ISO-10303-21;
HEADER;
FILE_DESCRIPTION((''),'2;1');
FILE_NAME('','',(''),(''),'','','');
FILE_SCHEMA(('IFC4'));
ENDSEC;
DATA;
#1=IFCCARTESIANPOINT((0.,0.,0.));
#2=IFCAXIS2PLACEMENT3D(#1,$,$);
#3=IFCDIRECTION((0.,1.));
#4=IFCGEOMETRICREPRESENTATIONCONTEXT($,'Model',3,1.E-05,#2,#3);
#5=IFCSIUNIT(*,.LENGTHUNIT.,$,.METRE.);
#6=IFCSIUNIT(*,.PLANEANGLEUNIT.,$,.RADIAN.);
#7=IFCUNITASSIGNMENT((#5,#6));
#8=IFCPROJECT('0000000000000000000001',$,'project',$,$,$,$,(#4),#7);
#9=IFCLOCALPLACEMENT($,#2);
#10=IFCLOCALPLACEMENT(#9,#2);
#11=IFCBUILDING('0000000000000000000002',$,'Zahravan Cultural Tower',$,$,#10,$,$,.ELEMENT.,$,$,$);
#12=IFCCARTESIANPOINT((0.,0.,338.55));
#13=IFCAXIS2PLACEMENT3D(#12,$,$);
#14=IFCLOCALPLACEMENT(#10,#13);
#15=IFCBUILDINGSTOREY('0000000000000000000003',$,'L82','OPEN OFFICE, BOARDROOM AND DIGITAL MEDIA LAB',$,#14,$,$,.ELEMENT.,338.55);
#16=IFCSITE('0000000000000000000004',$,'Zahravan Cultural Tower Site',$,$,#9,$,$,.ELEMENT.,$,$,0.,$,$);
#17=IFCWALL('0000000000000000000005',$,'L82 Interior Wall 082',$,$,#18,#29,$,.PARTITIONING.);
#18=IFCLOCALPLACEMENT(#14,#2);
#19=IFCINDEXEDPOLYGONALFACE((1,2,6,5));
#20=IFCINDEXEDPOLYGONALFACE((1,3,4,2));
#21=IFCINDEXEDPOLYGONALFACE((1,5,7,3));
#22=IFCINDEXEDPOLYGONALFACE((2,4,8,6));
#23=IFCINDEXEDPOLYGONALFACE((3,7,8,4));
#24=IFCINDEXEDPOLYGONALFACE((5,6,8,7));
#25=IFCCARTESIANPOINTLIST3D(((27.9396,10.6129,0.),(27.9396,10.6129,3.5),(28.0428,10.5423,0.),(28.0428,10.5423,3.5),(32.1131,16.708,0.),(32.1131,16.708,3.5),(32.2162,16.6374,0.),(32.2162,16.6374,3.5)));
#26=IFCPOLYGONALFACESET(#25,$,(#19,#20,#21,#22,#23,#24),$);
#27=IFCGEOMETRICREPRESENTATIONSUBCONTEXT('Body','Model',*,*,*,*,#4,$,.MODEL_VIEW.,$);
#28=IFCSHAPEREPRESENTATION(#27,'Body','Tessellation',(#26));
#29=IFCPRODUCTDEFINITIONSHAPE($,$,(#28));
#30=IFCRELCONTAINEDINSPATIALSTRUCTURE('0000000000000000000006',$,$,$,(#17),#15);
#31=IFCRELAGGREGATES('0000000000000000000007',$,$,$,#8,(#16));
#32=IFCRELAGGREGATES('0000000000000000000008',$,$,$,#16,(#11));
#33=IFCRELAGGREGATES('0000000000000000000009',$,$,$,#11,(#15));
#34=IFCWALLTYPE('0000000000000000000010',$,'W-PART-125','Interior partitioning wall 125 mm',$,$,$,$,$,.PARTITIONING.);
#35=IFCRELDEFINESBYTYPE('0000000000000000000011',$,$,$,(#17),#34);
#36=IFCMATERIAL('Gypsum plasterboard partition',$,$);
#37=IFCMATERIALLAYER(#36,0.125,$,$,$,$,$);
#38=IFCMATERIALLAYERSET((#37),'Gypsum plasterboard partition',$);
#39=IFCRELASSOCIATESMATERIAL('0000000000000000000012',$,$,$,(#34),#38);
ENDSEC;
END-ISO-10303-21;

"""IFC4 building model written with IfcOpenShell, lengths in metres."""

from ifc_helpers import new_model, si_unit, direction, frame, frame_2d, origin, place, context, subcontext, project, spatial, rectangle, extrude, source, transform, mapped, material, layer, layer_set, type_object, element, save


model = new_model("IFC4")

# Units and contexts
model_context = context("Model", 3, precision=1e-05, world=origin(), true_north=direction((0.0, 1.0)))
body_context = subcontext(model_context, "Body", "Model", "MODEL_VIEW")
ifc_project = project(units=[si_unit("LENGTHUNIT", "METRE"), si_unit("PLANEANGLEUNIT", "RADIAN")], contexts=[model_context])

# Site, building, storey
site_placement = place(None, origin())
site = spatial("IfcSite", under=ifc_project, at=site_placement, Name="Zahravan Cultural Tower Site", CompositionType="ELEMENT", RefElevation=0.0)
building_placement = place(site_placement, origin())
building = spatial("IfcBuilding", under=site, at=building_placement, Name="Zahravan Cultural Tower", CompositionType="ELEMENT")
storey_placement = place(building_placement, frame((0.0, 0.0, 338.55)))
storey = spatial("IfcBuildingStorey", under=building, at=storey_placement, Name="L82", Description="OPEN OFFICE, BOARDROOM AND DIGITAL MEDIA LAB", CompositionType="ELEMENT", Elevation=338.55)

# Shared definitions
ifc_material_1 = material(Name="Gypsum plasterboard partition")
ifc_layer_1 = layer(ifc_material_1, 0.125)
ifc_layer_set_1 = layer_set([ifc_layer_1], Name="Gypsum plasterboard partition")
wall_type_1 = type_object("IfcWallType", Name="W-PART-125", Description="Interior partitioning wall 125 mm", PredefinedType="PARTITIONING", material=ifc_layer_set_1)

# Wall
shared_shape_1 = source(origin(), body_context, "Body", "SweptSolid", [
    extrude(rectangle(XDim=7.387, YDim=0.125, at=frame_2d((3.6934, 0.0))), origin(), (0.0, 0.0, 1.0), 3.5),
])
wall_1_placement = place(storey_placement, frame((32.1646, 16.6726, 0.0), z_axis=(0.0, 0.0, 1.0), x_axis=(-0.564969, -0.825112, 0.0)))
element("IfcWall", 1, at=wall_1_placement, inside=storey, type_object=wall_type_1, Name="L82 Interior Wall 082", PredefinedType="PARTITIONING", context=body_context, shape_type="MappedRepresentation", body=[
    mapped(shared_shape_1, transform((0.0, 0.0, 0.0), x_axis=(1.0, 0.0, 0.0), y_axis=(0.0, 1.0, 0.0), z_axis=(0.0, 0.0, 1.0), scale=1.0)),
])

save(model, "model.ifc")
